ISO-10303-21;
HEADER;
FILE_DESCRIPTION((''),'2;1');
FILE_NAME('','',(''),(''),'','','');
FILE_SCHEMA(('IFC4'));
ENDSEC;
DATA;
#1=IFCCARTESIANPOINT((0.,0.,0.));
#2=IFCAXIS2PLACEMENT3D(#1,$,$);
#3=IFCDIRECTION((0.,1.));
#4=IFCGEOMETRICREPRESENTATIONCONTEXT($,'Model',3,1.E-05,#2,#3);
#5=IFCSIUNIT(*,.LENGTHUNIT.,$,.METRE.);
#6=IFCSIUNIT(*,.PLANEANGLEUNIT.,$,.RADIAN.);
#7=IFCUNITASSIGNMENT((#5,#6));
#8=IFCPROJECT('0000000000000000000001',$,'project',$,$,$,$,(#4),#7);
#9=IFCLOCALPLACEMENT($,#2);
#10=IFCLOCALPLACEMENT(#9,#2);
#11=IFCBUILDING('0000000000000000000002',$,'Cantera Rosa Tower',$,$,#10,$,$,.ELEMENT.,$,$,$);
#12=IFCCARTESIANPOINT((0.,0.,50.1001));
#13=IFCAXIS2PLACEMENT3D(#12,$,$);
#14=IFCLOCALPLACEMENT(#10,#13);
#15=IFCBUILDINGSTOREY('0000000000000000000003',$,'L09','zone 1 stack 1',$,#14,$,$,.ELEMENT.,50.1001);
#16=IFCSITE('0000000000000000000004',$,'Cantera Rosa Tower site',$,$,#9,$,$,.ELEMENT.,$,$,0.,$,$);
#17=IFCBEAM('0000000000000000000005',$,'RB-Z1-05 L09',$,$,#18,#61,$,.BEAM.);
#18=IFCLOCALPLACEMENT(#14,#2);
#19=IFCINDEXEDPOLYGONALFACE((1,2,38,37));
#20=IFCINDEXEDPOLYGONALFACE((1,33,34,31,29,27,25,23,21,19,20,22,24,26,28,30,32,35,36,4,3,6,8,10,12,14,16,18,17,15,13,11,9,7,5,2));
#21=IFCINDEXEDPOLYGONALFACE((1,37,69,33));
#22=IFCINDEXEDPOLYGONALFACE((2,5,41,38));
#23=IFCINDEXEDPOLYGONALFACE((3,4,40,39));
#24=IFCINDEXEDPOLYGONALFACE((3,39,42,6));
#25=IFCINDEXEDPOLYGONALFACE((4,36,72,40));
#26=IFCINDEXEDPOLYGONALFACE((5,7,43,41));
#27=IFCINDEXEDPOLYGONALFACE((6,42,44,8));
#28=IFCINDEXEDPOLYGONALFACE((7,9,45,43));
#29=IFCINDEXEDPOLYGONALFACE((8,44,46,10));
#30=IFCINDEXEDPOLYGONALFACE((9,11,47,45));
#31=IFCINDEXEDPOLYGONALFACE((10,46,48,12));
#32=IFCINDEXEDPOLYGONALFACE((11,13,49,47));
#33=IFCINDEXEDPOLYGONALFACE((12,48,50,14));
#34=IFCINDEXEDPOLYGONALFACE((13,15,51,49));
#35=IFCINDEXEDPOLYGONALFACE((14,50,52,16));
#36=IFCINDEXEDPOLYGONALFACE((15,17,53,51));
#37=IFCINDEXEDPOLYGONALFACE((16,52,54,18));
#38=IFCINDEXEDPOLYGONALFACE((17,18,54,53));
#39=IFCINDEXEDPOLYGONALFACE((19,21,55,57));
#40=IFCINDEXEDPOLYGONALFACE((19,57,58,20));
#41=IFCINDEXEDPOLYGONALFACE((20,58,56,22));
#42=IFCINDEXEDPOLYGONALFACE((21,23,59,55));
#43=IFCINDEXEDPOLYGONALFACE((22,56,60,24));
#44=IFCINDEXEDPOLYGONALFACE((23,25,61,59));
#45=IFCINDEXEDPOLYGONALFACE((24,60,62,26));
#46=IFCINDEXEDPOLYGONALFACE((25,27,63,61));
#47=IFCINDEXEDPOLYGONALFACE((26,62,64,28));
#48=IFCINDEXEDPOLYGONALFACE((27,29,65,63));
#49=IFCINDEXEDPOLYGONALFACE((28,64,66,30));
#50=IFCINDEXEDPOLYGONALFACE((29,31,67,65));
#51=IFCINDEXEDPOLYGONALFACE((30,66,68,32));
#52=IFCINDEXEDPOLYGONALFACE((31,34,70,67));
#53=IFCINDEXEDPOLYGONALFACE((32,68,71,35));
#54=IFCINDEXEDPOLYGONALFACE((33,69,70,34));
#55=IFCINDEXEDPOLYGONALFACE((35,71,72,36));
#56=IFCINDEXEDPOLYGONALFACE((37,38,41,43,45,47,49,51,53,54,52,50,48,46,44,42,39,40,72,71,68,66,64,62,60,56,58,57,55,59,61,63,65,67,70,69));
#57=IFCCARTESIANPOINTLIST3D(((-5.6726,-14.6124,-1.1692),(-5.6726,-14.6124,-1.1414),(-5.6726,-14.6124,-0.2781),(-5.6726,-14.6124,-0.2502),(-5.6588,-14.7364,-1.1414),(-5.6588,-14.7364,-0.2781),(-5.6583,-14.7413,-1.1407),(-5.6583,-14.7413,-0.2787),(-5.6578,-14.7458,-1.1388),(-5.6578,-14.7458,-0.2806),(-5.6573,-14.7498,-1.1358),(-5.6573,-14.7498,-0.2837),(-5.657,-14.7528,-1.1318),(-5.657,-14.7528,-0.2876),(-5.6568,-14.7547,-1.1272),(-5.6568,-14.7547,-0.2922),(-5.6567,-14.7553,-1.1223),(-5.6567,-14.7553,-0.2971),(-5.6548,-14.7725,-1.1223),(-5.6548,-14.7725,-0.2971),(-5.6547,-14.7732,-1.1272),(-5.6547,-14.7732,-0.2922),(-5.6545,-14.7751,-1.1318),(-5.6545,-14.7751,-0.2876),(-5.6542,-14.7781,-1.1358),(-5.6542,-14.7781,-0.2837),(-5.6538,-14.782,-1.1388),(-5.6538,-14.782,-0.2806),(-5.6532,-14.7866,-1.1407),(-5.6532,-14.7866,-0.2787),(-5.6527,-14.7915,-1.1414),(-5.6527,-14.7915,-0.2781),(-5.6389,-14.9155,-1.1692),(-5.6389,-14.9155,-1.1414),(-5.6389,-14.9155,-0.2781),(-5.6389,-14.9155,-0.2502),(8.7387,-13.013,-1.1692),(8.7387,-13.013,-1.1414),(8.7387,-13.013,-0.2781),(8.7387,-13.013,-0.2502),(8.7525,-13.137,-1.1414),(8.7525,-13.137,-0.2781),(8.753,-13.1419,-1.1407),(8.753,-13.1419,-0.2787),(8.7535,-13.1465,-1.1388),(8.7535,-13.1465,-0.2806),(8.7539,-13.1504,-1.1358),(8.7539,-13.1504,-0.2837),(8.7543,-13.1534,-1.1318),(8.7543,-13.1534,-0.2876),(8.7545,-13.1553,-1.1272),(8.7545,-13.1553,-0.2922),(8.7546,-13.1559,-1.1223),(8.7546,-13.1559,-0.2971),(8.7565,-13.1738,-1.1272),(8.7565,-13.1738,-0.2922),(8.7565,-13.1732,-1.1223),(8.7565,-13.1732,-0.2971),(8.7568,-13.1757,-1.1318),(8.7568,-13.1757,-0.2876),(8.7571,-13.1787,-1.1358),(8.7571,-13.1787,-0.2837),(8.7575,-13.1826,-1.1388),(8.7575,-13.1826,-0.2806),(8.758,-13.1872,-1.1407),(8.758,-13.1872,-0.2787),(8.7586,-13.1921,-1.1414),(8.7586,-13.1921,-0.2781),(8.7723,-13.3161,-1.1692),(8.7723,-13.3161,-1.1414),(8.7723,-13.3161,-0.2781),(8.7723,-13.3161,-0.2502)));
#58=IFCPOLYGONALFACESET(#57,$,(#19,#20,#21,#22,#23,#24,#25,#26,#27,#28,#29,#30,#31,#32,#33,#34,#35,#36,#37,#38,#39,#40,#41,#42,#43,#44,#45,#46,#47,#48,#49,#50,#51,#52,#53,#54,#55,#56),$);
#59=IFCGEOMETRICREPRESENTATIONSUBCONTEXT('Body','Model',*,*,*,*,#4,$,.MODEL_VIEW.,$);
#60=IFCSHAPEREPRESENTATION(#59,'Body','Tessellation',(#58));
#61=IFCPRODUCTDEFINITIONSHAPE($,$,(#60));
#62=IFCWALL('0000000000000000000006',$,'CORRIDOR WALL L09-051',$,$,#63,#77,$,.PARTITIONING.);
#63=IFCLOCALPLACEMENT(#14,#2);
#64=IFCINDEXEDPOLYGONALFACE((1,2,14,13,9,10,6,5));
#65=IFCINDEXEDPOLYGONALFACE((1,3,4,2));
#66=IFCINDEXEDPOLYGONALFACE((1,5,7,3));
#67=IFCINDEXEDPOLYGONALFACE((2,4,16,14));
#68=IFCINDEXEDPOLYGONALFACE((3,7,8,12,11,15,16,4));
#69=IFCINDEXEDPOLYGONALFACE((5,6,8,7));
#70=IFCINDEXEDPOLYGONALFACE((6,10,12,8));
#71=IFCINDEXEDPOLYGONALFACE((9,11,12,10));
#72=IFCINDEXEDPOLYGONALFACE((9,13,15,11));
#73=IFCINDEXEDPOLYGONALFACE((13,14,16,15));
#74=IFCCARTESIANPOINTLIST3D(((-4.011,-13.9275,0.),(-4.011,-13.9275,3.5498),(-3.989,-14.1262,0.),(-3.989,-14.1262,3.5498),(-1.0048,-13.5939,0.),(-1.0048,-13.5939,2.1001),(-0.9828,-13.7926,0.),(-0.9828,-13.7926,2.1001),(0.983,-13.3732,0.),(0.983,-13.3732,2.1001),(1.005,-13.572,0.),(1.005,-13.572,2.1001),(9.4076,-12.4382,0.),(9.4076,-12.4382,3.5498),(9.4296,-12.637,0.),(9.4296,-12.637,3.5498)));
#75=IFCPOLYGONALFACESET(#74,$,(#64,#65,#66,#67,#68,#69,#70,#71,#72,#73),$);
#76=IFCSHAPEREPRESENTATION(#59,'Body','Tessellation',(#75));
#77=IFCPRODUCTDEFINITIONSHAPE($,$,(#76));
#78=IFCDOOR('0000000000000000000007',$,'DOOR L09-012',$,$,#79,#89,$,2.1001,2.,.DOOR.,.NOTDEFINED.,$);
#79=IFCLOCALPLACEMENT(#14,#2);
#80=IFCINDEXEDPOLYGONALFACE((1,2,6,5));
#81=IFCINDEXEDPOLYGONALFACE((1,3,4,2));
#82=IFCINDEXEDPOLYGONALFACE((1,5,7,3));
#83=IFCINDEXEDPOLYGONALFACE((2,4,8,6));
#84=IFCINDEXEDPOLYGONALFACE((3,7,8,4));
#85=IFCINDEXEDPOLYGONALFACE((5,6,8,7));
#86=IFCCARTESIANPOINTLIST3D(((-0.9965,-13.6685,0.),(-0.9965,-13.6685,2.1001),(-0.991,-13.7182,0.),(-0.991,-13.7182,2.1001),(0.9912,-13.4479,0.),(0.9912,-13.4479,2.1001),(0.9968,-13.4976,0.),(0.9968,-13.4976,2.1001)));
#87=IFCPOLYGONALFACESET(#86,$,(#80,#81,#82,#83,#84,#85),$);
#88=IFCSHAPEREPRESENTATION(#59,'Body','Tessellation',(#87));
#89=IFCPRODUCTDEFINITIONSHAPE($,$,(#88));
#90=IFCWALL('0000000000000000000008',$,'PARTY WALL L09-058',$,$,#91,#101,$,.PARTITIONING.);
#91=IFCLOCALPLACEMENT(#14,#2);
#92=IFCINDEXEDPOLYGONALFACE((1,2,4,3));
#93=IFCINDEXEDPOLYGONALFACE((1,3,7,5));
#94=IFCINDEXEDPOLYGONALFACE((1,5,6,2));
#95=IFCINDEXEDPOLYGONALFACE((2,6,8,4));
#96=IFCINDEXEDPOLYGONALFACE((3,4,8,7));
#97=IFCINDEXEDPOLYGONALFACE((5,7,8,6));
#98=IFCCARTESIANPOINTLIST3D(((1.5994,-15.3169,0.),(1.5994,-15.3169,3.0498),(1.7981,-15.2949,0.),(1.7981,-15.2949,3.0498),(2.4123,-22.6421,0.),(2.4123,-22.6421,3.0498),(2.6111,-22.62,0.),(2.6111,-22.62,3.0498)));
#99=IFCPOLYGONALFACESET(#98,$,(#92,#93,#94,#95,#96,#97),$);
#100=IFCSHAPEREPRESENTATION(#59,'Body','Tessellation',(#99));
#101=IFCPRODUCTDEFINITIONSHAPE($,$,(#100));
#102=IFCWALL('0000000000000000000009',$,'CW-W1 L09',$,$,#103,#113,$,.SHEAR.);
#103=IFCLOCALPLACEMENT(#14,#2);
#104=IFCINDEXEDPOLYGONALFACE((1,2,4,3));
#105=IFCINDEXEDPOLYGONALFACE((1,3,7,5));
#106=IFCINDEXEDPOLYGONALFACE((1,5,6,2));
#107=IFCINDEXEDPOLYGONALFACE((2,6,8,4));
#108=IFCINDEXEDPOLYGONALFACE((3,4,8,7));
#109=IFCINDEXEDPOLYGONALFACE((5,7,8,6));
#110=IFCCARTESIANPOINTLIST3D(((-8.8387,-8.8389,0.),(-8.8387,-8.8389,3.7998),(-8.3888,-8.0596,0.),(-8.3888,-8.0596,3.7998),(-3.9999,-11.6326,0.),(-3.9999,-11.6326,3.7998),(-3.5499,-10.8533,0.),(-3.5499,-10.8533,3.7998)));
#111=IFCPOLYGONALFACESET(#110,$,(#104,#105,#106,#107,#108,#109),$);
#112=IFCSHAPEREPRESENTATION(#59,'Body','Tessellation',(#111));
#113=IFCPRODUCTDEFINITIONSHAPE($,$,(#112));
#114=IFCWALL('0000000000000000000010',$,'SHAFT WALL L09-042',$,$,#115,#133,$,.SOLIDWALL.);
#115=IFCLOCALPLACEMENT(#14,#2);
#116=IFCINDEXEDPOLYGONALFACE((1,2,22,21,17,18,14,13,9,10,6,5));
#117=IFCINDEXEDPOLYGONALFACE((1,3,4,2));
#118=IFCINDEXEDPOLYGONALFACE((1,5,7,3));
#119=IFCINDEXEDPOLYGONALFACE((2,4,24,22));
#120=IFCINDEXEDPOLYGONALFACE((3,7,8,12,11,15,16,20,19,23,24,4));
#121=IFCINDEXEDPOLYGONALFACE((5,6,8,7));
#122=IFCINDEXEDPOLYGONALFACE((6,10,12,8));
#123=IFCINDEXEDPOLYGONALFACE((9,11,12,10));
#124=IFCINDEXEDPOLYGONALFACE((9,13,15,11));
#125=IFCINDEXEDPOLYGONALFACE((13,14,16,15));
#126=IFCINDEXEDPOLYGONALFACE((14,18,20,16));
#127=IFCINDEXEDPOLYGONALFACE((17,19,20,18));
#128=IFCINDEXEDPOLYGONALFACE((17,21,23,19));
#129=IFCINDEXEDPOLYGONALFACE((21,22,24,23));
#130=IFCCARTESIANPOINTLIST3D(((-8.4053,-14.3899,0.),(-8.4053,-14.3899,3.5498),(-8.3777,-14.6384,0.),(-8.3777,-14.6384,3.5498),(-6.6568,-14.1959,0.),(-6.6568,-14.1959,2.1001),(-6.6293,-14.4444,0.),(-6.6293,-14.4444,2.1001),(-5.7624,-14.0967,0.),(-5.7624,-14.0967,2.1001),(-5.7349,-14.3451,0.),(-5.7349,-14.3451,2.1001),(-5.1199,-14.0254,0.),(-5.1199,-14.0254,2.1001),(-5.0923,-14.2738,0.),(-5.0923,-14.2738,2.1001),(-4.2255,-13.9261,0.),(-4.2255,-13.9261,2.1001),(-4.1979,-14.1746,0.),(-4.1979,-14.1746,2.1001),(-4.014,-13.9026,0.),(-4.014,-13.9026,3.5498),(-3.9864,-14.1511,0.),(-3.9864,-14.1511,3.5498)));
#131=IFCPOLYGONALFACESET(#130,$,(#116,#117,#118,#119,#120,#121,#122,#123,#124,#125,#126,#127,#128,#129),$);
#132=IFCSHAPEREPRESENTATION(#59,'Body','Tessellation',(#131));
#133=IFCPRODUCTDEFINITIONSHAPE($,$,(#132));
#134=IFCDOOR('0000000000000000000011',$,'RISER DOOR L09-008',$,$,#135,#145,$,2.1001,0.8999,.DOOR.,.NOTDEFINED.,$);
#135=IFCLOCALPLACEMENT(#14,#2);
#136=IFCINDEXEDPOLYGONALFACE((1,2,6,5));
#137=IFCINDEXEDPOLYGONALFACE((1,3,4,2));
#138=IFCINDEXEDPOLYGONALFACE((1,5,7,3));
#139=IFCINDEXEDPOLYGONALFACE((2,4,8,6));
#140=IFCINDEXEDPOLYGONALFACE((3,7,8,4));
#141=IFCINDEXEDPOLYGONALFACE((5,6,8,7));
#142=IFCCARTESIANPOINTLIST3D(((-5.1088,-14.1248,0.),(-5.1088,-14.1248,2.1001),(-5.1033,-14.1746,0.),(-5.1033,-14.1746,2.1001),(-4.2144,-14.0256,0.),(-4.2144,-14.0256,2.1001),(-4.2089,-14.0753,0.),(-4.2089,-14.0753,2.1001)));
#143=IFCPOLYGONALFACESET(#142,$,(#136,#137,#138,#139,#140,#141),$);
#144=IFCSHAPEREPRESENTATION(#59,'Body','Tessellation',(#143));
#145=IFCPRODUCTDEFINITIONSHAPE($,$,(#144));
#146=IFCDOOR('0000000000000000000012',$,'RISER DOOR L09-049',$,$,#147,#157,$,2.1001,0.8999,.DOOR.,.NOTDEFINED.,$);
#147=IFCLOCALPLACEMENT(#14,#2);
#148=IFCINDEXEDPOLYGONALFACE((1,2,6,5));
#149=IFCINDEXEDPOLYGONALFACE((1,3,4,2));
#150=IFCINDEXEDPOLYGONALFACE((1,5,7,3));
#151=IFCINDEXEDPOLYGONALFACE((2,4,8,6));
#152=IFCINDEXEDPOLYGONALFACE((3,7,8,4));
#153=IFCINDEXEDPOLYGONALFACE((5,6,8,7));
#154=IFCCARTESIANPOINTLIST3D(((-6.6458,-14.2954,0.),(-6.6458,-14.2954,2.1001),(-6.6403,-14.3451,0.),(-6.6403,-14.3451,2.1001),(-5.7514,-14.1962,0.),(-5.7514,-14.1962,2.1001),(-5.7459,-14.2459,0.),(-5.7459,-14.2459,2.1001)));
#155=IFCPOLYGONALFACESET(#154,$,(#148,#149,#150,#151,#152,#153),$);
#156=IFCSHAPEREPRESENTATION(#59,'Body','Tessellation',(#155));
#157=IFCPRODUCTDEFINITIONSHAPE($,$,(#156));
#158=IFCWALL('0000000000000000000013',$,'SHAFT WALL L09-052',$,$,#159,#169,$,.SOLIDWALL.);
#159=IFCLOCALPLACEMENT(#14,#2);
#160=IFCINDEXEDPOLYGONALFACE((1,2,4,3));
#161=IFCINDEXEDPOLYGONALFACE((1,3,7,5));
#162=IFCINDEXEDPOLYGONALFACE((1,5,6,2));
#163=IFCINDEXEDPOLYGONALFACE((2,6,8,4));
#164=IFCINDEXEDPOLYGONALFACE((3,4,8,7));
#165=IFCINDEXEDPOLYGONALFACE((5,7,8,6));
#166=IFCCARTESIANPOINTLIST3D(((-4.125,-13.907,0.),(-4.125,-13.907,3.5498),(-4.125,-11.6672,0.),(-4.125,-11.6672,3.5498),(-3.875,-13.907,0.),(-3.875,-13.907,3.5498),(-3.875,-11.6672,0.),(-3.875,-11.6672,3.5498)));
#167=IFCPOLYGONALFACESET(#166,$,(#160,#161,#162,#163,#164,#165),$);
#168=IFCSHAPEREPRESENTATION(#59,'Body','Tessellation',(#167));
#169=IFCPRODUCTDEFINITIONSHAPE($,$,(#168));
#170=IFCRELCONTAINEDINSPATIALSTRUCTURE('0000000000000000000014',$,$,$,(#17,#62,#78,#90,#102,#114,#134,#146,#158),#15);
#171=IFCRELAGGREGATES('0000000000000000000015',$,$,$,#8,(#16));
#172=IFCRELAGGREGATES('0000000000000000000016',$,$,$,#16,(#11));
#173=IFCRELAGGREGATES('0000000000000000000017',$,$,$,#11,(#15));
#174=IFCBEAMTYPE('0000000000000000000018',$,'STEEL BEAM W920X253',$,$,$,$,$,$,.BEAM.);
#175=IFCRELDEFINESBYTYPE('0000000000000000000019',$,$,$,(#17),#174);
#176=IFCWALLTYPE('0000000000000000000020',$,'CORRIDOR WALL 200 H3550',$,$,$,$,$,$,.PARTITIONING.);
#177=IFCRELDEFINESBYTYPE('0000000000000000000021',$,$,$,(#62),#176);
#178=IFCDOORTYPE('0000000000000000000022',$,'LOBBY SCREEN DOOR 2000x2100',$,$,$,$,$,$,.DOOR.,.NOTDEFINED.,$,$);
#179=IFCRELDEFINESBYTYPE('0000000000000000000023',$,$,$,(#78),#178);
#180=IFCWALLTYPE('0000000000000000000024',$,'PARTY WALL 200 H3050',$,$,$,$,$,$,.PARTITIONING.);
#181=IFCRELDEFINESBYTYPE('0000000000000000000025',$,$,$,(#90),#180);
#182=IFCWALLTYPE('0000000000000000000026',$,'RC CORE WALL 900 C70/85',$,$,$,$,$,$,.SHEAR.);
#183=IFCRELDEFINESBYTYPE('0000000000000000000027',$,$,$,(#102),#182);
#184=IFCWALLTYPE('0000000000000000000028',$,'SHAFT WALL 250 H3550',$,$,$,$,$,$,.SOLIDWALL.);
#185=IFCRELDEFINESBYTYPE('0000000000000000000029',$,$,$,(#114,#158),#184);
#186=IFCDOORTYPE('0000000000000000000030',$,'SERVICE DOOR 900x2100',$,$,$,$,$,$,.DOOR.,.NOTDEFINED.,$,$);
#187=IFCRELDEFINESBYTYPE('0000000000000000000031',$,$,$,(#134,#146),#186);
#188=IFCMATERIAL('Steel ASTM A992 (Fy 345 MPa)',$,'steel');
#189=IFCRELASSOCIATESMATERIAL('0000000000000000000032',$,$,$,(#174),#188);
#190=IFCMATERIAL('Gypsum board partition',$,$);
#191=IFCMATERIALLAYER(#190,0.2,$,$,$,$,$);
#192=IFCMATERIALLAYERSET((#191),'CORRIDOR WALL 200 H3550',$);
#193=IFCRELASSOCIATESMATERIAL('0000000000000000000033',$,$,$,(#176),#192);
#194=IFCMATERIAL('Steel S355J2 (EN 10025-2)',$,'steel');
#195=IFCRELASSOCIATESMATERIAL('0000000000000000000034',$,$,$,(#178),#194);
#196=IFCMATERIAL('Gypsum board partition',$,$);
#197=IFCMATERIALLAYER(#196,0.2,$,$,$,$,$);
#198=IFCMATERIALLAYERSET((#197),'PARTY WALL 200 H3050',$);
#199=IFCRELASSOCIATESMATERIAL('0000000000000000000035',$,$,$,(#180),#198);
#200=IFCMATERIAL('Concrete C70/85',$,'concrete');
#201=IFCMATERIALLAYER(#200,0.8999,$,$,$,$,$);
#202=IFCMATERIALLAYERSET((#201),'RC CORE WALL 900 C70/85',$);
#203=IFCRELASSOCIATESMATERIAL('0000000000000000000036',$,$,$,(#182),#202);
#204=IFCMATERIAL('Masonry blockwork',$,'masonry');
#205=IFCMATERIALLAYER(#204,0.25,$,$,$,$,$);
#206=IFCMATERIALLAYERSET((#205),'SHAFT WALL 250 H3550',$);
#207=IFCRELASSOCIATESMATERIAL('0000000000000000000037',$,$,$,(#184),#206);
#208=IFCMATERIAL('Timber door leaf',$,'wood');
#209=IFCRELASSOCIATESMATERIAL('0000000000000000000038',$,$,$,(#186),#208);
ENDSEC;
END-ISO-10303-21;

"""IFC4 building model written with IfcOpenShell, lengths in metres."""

from ifc_helpers import new_model, si_unit, direction, frame, frame_2d, origin, origin_2d, place, context, subcontext, project, spatial, rectangle, i_section, extrude, material, layer, layer_set, material_profile, profile_set, type_object, element, fill, save


model = new_model("IFC4")

# Units and contexts
model_context = context("Model", 3, precision=1e-05, world=origin(), true_north=direction((0.0, 1.0)))
body_context = subcontext(model_context, "Body", "Model", "MODEL_VIEW")
ifc_project = project(units=[si_unit("LENGTHUNIT", "METRE"), si_unit("PLANEANGLEUNIT", "RADIAN")], contexts=[model_context])

# Site, building, storey
site_placement = place(None, origin())
site = spatial("IfcSite", under=ifc_project, at=site_placement, Name="Cantera Rosa Tower site", CompositionType="ELEMENT", RefElevation=0.0)
building_placement = place(site_placement, origin())
building = spatial("IfcBuilding", under=site, at=building_placement, Name="Cantera Rosa Tower", CompositionType="ELEMENT")
storey_placement = place(building_placement, frame((0.0, 0.0, 50.1001)))
storey = spatial("IfcBuildingStorey", under=building, at=storey_placement, Name="L09", Description="zone 1 stack 1", CompositionType="ELEMENT", Elevation=50.1001)

# Beam
ifc_material_1 = material(Name="Steel ASTM A992 (Fy 345 MPa)", Category="steel")
ifc_material_profile = material_profile(ifc_material_1, i_section(OverallWidth=0.3049, OverallDepth=0.9189, WebThickness=0.0173, FlangeThickness=0.0278, FilletRadius=0.019, at=origin_2d()), Name="W920X253")
ifc_profile_set = profile_set([ifc_material_profile], Name="Steel ASTM A992 (Fy 345 MPa)")
beam_type = type_object("IfcBeamType", Name="STEEL BEAM W920X253", PredefinedType="BEAM", material=ifc_profile_set)
beam_placement = place(storey_placement, frame((-5.6558, -14.7639, -0.7097), z_axis=(0.993898, 0.110302, 0.0), x_axis=(-0.110302, 0.993898, 0.0)))
element("IfcBeam", 1, at=beam_placement, inside=storey, type_object=beam_type, Name="RB-Z1-05 L09", PredefinedType="BEAM", context=body_context, shape_type="SweptSolid", body=[
    extrude(i_section(OverallWidth=0.3049, OverallDepth=0.9189, WebThickness=0.0173, FlangeThickness=0.0278, FilletRadius=0.019, at=origin_2d()), origin(), (0.0, 0.0, 1.0), 14.4998),
])

# Wall, opening, door
ifc_material_2 = material(Name="Gypsum board partition")
ifc_layer_1 = layer(ifc_material_2, 0.2)
ifc_layer_set_1 = layer_set([ifc_layer_1], Name="CORRIDOR WALL 200 H3550")
wall_type_1 = type_object("IfcWallType", Name="CORRIDOR WALL 200 H3550", PredefinedType="PARTITIONING", material=ifc_layer_set_1)
wall_1_placement = place(storey_placement, frame((-4.0, -14.0269, 0.0), z_axis=(0.0, 0.0, 1.0), x_axis=(0.993898, 0.110306, 0.0)))
wall_1 = element("IfcWall", 2, at=wall_1_placement, inside=storey, type_object=wall_type_1, Name="CORRIDOR WALL L09-051", PredefinedType="PARTITIONING", context=body_context, shape_type="SweptSolid", body=[
    extrude(rectangle(XDim=13.501, YDim=0.2, at=frame_2d((6.7505, 0.0))), origin(), (0.0, 0.0, 1.0), 3.5498),
])
opening_1_placement = place(wall_1_placement, frame((3.0247, 0.0, 0.0)))
opening_1 = element("IfcOpeningElement", 3, at=opening_1_placement, cuts=wall_1, PredefinedType="OPENING", context=body_context, shape_type="SweptSolid", body=[
    extrude(rectangle(XDim=2.0, YDim=2.1001, at=frame_2d((1.0, 1.05))), frame((0.0, 0.1099, 0.0), z_axis=(0.0, -1.0, 0.0), x_axis=(1.0, 0.0, 0.0)), (0.0, 0.0, 1.0), 0.22),
])
ifc_material_3 = material(Name="Steel S355J2 (EN 10025-2)", Category="steel")
door_type_1 = type_object("IfcDoorType", Name="LOBBY SCREEN DOOR 2000x2100", OperationType="NOTDEFINED", PredefinedType="DOOR", material=ifc_material_3)
door_1_placement = place(opening_1_placement, origin())
door_1 = element("IfcDoor", 4, at=door_1_placement, inside=storey, type_object=door_type_1, Name="DOOR L09-012", OperationType="NOTDEFINED", OverallHeight=2.1001, OverallWidth=2.0, PredefinedType="DOOR", context=body_context, shape_type="SweptSolid", body=[
    extrude(rectangle(XDim=2.0, YDim=2.1001, at=frame_2d((1.0, 1.05))), frame((0.0, 0.0249, 0.0), z_axis=(0.0, -1.0, 0.0), x_axis=(1.0, 0.0, 0.0)), (0.0, 0.0, 1.0), 0.05),
])
fill(opening_1, door_1)

# Walls
ifc_material_4 = material(Name="Gypsum board partition")
ifc_layer_2 = layer(ifc_material_4, 0.2)
ifc_layer_set_2 = layer_set([ifc_layer_2], Name="PARTY WALL 200 H3050")
wall_type_2 = type_object("IfcWallType", Name="PARTY WALL 200 H3050", PredefinedType="PARTITIONING", material=ifc_layer_set_2)
wall_2_placement = place(storey_placement, frame((1.6987, -15.3059, 0.0), z_axis=(0.0, 0.0, 1.0), x_axis=(0.110308, -0.993897, 0.0)))
element("IfcWall", 5, at=wall_2_placement, inside=storey, type_object=wall_type_2, Name="PARTY WALL L09-058", PredefinedType="PARTITIONING", context=body_context, shape_type="SweptSolid", body=[
    extrude(rectangle(XDim=7.3701, YDim=0.2, at=frame_2d((3.6851, 0.0))), origin(), (0.0, 0.0, 1.0), 3.0498),
])
ifc_material_5 = material(Name="Concrete C70/85", Category="concrete")
ifc_layer_3 = layer(ifc_material_5, 0.8999)
ifc_layer_set_3 = layer_set([ifc_layer_3], Name="RC CORE WALL 900 C70/85")
wall_type_3 = type_object("IfcWallType", Name="RC CORE WALL 900 C70/85", PredefinedType="SHEAR", material=ifc_layer_set_3)
wall_3_placement = place(storey_placement, frame((-3.7749, -11.2429, 0.0), z_axis=(0.0, 0.0, 1.0), x_axis=(-0.866027, 0.499997, 0.0)))
element("IfcWall", 6, at=wall_3_placement, inside=storey, type_object=wall_type_3, Name="CW-W1 L09", PredefinedType="SHEAR", context=body_context, shape_type="SweptSolid", body=[
    extrude(rectangle(XDim=5.5874, YDim=0.8999, at=frame_2d((2.7937, 0.0))), origin(), (0.0, 0.0, 1.0), 3.7998),
])

# Wall, openings, doors
ifc_material_6 = material(Name="Masonry blockwork", Category="masonry")
ifc_layer_4 = layer(ifc_material_6, 0.25)
ifc_layer_set_4 = layer_set([ifc_layer_4], Name="SHAFT WALL 250 H3550")
wall_type_4 = type_object("IfcWallType", Name="SHAFT WALL 250 H3550", PredefinedType="SOLIDWALL", material=ifc_layer_set_4)
wall_4_placement = place(storey_placement, frame((-8.3914, -14.5142, 0.0), z_axis=(0.0, 0.0, 1.0), x_axis=(0.993899, 0.110292, 0.0)))
wall_4 = element("IfcWall", 7, at=wall_4_placement, inside=storey, type_object=wall_type_4, Name="SHAFT WALL L09-042", PredefinedType="SOLIDWALL", context=body_context, shape_type="SweptSolid", body=[
    extrude(rectangle(XDim=4.4182, YDim=0.25, at=frame_2d((2.209, 0.0))), origin(), (0.0, 0.0, 1.0), 3.5498),
])
opening_2_placement = place(wall_4_placement, frame((3.3054, 0.0, 0.0)))
opening_2 = element("IfcOpeningElement", 8, at=opening_2_placement, cuts=wall_4, PredefinedType="OPENING", context=body_context, shape_type="SweptSolid", body=[
    extrude(rectangle(XDim=0.8999, YDim=2.1001, at=frame_2d((0.45, 1.05))), frame((0.0, 0.135, 0.0), z_axis=(0.0, -1.0, 0.0), x_axis=(1.0, 0.0, 0.0)), (0.0, 0.0, 1.0), 0.27),
])
opening_3_placement = place(wall_4_placement, frame((1.759, 0.0, 0.0)))
opening_3 = element("IfcOpeningElement", 9, at=opening_3_placement, cuts=wall_4, PredefinedType="OPENING", context=body_context, shape_type="SweptSolid", body=[
    extrude(rectangle(XDim=0.8999, YDim=2.1001, at=frame_2d((0.45, 1.05))), frame((0.0, 0.135, 0.0), z_axis=(0.0, -1.0, 0.0), x_axis=(1.0, 0.0, 0.0)), (0.0, 0.0, 1.0), 0.27),
])
ifc_material_7 = material(Name="Timber door leaf", Category="wood")
door_type_2 = type_object("IfcDoorType", Name="SERVICE DOOR 900x2100", OperationType="NOTDEFINED", PredefinedType="DOOR", material=ifc_material_7)
door_2_placement = place(opening_2_placement, origin())
door_2 = element("IfcDoor", 10, at=door_2_placement, inside=storey, type_object=door_type_2, Name="RISER DOOR L09-008", OperationType="NOTDEFINED", OverallHeight=2.1001, OverallWidth=0.8999, PredefinedType="DOOR", context=body_context, shape_type="SweptSolid", body=[
    extrude(rectangle(XDim=0.8999, YDim=2.1001, at=frame_2d((0.45, 1.05))), frame((0.0, 0.0249, 0.0), z_axis=(0.0, -1.0, 0.0), x_axis=(1.0, 0.0, 0.0)), (0.0, 0.0, 1.0), 0.05),
])
fill(opening_2, door_2)
door_3_placement = place(opening_3_placement, origin())
door_3 = element("IfcDoor", 11, at=door_3_placement, inside=storey, type_object=door_type_2, Name="RISER DOOR L09-049", OperationType="NOTDEFINED", OverallHeight=2.1001, OverallWidth=0.8999, PredefinedType="DOOR", context=body_context, shape_type="SweptSolid", body=[
    extrude(rectangle(XDim=0.8999, YDim=2.1001, at=frame_2d((0.45, 1.05))), frame((0.0, 0.0249, 0.0), z_axis=(0.0, -1.0, 0.0), x_axis=(1.0, 0.0, 0.0)), (0.0, 0.0, 1.0), 0.05),
])
fill(opening_3, door_3)

# Wall
wall_5_placement = place(storey_placement, frame((-4.0, -11.6672, 0.0), z_axis=(0.0, 0.0, 1.0), x_axis=(0.0, -1.0, 0.0)))
element("IfcWall", 12, at=wall_5_placement, inside=storey, type_object=wall_type_4, Name="SHAFT WALL L09-052", PredefinedType="SOLIDWALL", context=body_context, shape_type="SweptSolid", body=[
    extrude(rectangle(XDim=2.2397, YDim=0.25, at=frame_2d((1.1199, 0.0))), origin(), (0.0, 0.0, 1.0), 3.5498),
])

save(model, "model.ifc")
